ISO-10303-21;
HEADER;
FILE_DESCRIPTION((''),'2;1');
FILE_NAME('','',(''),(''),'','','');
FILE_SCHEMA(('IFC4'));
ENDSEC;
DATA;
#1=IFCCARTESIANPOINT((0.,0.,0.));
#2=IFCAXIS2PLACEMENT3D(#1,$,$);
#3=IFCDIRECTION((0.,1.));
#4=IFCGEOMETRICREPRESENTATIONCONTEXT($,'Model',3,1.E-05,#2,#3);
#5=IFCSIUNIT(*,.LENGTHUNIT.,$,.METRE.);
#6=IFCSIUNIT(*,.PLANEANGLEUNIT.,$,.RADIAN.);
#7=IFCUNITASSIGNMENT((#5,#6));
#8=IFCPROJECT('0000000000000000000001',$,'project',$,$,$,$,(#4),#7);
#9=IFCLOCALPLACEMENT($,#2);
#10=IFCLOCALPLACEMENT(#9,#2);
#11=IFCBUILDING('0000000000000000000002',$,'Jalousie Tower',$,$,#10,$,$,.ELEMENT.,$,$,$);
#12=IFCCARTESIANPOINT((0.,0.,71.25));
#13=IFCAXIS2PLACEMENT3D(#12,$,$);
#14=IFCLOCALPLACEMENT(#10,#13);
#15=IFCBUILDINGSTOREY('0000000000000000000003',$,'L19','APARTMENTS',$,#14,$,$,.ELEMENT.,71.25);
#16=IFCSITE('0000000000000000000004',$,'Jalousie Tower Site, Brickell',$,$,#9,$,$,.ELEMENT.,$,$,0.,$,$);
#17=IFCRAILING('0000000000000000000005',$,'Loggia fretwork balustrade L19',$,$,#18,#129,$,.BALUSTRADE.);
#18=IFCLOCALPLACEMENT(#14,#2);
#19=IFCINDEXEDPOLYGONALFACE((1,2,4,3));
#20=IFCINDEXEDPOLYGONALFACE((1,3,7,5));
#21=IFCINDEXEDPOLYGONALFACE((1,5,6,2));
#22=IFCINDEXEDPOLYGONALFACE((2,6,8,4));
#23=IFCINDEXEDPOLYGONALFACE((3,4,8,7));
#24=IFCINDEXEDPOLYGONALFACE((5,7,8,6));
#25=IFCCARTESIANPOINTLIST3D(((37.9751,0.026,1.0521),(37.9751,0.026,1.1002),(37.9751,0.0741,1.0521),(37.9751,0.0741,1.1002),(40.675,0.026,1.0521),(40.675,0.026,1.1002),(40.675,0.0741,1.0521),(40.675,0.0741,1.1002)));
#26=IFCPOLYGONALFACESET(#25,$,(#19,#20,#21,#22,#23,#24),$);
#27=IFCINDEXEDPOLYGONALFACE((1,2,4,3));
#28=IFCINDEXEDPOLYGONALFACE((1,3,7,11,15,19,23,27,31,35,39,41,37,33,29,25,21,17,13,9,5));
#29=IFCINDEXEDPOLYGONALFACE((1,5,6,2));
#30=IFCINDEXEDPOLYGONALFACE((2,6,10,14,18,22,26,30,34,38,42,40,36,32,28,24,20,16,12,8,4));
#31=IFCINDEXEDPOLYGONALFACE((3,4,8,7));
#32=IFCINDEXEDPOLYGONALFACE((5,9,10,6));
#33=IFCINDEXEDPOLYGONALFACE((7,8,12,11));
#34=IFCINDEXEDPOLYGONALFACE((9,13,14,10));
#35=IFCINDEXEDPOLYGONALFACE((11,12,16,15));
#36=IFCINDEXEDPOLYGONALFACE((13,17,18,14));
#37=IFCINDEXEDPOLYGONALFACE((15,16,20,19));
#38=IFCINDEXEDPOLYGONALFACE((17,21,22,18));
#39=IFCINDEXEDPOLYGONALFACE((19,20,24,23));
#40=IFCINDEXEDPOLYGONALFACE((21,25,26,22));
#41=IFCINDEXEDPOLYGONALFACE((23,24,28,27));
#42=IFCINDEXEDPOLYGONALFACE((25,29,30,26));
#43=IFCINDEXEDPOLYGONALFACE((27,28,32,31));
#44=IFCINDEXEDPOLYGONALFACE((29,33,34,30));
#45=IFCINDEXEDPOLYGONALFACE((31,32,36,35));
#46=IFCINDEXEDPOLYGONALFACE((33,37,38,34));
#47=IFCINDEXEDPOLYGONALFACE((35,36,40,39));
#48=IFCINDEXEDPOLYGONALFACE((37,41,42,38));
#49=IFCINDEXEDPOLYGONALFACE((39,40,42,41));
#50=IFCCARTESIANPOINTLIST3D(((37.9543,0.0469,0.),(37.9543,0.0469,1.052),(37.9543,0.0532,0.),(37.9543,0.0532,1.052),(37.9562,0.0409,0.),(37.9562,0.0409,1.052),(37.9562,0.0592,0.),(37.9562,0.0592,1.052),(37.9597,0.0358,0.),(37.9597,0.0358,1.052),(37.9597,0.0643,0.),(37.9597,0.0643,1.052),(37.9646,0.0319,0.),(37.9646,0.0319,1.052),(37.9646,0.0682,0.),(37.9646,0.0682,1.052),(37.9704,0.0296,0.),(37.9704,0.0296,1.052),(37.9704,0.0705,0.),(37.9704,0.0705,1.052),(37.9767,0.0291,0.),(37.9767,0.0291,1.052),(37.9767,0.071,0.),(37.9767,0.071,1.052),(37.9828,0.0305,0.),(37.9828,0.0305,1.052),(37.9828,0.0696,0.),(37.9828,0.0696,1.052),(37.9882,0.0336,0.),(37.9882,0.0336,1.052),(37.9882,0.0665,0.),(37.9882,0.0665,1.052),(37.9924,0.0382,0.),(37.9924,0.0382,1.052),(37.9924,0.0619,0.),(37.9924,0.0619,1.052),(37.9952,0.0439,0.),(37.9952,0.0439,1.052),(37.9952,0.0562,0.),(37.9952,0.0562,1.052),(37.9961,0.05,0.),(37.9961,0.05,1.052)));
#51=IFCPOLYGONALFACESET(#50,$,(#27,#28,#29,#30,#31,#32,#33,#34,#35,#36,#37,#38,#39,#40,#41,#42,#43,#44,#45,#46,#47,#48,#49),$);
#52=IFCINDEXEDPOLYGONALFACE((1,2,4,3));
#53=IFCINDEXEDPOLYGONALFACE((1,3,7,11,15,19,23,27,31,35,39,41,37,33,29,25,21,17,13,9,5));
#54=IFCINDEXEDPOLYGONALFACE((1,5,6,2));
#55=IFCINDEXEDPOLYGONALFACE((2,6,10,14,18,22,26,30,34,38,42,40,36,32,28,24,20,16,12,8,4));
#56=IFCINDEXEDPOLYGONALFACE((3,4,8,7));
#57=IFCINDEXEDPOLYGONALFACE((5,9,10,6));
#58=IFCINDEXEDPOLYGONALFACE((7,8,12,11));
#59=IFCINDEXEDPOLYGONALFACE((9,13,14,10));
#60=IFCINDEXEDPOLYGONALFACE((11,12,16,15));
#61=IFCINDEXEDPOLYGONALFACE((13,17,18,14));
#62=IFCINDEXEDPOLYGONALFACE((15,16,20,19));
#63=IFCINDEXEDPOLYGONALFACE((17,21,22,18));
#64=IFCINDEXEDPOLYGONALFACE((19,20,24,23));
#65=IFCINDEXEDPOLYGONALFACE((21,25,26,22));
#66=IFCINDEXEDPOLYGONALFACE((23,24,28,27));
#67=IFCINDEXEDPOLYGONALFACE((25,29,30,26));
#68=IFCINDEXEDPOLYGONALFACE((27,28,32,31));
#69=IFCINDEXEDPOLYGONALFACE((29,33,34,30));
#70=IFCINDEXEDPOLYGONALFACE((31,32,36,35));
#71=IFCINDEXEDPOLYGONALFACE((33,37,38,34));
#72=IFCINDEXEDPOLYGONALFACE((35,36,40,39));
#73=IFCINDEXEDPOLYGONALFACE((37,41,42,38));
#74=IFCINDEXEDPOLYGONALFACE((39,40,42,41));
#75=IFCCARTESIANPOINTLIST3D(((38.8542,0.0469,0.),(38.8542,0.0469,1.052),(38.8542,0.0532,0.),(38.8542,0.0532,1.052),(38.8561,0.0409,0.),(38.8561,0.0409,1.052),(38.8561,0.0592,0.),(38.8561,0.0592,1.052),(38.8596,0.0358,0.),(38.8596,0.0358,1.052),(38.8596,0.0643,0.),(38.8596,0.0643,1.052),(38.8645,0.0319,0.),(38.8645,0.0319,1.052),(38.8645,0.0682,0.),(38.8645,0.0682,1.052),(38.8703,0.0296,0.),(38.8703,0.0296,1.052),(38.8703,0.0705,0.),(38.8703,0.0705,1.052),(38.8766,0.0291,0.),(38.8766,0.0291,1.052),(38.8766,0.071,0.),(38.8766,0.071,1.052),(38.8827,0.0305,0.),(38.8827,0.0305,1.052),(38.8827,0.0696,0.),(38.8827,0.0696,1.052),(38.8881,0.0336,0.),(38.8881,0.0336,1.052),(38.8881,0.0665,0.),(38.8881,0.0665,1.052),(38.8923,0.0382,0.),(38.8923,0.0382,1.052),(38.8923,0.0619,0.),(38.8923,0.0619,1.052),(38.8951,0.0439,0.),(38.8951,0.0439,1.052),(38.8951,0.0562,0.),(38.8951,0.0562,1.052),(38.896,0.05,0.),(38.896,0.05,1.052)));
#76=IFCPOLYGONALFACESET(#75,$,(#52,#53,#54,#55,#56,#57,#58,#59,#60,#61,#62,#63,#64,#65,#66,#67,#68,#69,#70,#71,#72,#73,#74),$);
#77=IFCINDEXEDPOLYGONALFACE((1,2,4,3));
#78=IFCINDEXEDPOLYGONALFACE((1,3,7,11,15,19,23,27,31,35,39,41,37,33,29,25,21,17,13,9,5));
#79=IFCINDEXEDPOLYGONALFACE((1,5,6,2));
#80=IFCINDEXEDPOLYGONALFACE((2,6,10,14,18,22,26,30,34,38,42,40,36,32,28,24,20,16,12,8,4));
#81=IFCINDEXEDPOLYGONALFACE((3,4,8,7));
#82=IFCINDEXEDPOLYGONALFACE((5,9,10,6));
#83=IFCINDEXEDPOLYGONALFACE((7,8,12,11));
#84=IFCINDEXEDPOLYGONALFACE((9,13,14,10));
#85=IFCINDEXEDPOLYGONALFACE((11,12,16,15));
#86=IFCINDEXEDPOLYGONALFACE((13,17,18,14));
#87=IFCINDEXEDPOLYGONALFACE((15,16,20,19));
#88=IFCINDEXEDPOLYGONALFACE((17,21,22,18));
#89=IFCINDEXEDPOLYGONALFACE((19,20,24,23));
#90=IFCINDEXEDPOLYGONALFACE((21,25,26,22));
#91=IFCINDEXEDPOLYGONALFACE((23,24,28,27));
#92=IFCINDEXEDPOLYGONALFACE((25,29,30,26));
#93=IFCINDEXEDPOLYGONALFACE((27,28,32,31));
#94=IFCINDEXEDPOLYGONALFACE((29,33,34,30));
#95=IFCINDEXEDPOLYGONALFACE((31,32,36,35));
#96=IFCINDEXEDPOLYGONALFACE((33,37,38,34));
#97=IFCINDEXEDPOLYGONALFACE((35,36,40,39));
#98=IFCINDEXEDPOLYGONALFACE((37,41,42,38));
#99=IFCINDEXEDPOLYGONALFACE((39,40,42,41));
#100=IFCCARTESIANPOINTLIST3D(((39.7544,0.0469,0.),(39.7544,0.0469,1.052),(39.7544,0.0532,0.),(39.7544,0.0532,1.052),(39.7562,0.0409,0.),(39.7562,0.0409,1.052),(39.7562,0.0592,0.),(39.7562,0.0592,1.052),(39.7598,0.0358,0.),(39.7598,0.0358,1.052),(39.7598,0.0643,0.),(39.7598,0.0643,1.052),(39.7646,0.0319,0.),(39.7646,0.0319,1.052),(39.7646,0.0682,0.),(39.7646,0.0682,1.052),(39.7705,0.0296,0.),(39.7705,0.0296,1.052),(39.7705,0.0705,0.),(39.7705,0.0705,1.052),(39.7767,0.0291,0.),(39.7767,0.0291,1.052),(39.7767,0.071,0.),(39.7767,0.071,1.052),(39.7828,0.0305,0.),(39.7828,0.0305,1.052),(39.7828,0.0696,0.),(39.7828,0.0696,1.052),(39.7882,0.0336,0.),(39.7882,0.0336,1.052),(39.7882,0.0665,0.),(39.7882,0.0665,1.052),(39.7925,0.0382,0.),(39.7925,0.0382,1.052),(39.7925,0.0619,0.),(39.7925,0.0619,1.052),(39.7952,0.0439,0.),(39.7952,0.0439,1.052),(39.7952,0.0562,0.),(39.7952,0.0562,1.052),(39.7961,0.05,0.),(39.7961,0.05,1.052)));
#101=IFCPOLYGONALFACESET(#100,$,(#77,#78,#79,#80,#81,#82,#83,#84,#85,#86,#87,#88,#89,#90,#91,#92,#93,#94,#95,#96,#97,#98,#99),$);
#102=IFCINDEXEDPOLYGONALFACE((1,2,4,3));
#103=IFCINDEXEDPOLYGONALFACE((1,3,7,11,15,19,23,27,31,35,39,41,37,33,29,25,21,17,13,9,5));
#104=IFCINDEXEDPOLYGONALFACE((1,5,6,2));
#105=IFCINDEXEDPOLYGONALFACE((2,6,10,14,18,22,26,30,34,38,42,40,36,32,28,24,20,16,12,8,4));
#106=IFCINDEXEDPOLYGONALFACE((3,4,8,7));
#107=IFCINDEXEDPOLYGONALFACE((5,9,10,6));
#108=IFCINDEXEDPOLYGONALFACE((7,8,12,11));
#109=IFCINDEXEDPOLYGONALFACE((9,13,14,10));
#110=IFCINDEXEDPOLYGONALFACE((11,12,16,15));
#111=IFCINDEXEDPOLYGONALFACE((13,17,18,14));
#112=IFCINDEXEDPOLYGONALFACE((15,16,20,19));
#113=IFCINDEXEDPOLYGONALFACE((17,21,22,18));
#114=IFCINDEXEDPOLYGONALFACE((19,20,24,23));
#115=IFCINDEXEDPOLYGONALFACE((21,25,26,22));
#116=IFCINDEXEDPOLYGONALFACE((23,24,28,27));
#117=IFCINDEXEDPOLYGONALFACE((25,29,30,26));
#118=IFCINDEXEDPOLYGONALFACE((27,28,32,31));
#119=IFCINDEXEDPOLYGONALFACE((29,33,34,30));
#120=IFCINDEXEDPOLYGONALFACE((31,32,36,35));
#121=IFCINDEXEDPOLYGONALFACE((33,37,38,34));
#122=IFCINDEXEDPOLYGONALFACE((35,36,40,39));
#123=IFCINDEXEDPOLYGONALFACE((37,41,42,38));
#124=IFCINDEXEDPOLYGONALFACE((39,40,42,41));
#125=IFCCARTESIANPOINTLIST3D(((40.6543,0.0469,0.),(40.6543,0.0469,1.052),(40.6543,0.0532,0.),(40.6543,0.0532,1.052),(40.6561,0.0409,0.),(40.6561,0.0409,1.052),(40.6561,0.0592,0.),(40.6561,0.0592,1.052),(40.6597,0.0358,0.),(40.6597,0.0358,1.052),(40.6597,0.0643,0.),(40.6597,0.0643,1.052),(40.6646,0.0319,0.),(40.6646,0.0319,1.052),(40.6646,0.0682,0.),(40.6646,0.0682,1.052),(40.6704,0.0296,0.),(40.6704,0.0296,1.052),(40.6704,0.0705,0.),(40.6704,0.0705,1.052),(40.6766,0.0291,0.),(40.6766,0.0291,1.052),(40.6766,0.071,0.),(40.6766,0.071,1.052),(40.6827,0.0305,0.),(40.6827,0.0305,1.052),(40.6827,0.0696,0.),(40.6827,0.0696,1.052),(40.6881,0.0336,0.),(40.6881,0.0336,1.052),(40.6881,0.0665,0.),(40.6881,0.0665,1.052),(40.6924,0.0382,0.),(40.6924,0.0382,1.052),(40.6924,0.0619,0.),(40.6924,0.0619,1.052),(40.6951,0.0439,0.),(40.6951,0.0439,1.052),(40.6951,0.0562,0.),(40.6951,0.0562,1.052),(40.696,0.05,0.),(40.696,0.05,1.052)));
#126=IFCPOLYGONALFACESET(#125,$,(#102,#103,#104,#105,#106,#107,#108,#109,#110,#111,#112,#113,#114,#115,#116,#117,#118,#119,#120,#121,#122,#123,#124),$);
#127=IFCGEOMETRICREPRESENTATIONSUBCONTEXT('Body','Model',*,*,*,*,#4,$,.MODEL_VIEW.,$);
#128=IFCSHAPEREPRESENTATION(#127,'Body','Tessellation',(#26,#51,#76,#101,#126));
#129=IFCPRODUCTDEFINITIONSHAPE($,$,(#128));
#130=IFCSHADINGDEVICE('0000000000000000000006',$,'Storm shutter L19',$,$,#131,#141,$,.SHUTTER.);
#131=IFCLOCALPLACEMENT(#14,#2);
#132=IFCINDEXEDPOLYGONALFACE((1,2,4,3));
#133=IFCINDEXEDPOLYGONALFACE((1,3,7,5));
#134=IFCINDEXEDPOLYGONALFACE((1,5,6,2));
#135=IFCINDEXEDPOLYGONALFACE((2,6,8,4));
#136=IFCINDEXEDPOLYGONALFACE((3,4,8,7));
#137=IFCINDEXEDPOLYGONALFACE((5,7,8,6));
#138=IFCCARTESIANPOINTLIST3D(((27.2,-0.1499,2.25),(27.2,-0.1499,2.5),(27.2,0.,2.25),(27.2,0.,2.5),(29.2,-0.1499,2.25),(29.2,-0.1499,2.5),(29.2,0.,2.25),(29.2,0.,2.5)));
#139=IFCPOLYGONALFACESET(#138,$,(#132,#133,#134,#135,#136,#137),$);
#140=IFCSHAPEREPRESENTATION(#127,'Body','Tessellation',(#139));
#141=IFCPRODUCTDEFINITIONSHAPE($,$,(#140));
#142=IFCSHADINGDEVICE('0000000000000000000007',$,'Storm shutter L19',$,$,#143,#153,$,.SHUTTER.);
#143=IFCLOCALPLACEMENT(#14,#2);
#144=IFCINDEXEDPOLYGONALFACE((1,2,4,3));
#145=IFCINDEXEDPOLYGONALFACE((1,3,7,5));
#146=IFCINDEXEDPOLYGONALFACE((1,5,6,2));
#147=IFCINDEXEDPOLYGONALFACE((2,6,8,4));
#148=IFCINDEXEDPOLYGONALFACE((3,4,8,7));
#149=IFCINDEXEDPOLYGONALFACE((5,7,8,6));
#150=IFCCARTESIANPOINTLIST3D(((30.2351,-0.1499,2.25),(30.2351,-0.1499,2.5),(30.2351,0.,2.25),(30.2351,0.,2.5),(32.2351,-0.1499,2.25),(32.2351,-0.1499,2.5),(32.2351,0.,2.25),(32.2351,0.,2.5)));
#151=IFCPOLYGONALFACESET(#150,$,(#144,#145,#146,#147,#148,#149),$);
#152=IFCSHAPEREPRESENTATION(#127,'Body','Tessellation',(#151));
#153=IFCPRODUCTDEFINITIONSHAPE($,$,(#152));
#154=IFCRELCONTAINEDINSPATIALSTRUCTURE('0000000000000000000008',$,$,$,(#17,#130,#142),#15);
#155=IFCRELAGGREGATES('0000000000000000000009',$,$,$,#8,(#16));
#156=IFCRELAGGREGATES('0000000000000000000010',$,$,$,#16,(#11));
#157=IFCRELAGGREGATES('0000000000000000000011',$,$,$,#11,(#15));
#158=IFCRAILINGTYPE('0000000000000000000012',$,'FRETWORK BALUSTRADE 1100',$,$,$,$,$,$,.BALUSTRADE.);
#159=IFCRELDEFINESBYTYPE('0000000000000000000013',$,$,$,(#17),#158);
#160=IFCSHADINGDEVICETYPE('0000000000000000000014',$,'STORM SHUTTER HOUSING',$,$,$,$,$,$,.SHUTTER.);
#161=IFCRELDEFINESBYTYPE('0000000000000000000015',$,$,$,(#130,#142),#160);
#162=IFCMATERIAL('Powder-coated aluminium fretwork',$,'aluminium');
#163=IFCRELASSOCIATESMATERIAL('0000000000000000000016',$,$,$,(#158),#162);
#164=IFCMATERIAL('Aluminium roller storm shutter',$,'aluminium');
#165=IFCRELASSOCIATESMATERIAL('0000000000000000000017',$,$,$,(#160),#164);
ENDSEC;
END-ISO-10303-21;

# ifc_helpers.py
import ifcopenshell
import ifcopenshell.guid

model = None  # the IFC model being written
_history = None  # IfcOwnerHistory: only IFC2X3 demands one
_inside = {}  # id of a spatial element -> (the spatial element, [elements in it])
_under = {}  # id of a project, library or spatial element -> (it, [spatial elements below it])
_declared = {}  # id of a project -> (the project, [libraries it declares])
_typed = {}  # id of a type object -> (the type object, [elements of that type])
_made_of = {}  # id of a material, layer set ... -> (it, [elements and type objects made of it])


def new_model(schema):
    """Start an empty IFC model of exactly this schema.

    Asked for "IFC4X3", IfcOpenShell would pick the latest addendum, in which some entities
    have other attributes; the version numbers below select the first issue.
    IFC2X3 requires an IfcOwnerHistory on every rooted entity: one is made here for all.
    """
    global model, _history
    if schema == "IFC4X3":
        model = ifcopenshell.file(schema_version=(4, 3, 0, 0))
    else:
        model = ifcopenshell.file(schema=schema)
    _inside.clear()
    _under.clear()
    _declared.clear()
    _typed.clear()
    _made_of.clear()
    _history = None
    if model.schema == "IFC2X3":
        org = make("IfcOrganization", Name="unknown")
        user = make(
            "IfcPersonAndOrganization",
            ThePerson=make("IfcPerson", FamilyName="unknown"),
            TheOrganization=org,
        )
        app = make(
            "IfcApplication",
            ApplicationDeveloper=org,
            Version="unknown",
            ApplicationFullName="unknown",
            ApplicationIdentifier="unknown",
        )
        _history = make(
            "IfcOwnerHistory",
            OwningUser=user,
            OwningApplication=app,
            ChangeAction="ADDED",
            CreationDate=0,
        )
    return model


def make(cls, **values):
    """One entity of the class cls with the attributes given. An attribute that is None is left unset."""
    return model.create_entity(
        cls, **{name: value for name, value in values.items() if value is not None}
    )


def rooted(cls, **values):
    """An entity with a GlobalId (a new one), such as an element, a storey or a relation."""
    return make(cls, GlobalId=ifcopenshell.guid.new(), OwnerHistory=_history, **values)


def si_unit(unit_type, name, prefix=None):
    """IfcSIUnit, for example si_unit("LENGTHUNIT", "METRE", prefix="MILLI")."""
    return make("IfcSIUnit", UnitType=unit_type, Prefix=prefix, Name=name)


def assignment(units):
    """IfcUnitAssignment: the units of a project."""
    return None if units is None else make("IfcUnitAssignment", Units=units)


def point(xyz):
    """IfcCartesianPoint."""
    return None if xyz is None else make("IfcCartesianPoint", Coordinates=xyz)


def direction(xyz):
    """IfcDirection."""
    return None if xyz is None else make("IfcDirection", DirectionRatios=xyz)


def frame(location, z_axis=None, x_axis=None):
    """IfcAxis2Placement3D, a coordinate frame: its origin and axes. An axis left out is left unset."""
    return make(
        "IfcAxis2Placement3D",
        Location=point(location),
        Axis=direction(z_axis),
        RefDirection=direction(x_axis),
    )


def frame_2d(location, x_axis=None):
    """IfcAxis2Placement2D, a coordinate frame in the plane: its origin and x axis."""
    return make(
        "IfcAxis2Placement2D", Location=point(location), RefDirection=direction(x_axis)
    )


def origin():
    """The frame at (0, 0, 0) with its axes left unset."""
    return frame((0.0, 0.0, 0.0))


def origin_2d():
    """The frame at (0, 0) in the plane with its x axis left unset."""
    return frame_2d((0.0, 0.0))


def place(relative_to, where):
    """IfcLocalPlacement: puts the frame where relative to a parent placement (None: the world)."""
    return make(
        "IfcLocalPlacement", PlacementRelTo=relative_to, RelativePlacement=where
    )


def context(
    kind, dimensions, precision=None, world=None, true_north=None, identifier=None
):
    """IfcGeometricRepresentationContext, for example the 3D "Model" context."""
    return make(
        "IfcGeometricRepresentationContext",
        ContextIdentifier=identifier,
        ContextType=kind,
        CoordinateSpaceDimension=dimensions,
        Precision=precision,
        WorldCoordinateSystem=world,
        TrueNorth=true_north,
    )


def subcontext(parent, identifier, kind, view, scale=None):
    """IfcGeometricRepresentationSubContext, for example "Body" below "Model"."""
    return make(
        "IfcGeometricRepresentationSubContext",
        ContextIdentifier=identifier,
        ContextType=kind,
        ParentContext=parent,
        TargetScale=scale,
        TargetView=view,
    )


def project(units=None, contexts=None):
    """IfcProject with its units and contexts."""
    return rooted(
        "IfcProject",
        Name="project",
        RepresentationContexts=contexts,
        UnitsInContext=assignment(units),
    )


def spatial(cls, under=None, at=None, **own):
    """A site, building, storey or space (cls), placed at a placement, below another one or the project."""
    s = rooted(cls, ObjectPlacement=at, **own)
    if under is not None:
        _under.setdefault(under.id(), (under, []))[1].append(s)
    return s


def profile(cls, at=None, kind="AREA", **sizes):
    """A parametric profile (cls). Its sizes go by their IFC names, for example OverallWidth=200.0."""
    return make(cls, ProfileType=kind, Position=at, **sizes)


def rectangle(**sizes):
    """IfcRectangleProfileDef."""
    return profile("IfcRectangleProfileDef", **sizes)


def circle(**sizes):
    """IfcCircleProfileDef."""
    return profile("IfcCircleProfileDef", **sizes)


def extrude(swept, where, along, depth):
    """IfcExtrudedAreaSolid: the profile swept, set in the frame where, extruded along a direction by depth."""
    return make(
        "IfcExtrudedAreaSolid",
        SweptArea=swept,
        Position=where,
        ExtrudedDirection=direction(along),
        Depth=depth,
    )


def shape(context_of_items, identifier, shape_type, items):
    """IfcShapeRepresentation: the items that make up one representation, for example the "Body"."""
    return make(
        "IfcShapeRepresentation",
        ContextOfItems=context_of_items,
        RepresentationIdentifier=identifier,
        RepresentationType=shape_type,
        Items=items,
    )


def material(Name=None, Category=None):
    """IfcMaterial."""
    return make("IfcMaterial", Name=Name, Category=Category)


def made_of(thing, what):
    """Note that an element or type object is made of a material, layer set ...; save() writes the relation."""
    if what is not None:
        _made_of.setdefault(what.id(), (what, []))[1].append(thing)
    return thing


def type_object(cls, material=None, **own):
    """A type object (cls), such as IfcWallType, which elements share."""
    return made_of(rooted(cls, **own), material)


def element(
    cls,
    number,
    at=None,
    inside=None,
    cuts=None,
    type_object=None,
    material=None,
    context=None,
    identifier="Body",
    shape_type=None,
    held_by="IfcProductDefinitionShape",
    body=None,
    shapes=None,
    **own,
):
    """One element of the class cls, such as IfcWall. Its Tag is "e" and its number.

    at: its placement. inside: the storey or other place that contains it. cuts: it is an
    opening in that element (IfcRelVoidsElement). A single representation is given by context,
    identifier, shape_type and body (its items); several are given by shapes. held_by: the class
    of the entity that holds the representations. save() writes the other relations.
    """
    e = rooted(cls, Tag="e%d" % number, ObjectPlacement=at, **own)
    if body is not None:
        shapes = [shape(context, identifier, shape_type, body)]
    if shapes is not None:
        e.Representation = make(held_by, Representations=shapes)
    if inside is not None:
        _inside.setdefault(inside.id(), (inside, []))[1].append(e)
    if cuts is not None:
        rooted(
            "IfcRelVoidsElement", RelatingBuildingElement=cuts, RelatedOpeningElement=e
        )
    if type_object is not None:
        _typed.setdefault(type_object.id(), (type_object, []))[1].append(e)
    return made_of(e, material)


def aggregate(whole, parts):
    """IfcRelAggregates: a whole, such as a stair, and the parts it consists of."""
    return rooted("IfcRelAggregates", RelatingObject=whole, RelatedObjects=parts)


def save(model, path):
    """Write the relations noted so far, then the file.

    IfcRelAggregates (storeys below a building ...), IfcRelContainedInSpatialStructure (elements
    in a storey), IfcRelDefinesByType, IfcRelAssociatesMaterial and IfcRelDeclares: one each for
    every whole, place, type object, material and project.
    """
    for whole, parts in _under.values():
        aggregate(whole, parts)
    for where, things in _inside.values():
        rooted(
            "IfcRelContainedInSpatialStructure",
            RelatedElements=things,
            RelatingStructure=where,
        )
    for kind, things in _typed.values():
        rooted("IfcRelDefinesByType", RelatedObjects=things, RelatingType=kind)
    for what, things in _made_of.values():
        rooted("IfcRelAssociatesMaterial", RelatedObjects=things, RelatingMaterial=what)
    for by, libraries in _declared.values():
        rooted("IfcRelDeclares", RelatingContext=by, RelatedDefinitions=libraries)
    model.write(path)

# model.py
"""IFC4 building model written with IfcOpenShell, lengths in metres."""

from ifc_helpers import new_model, si_unit, direction, frame, origin, origin_2d, place, context, subcontext, project, spatial, rectangle, circle, extrude, material, type_object, element, save


model = new_model("IFC4")

# Units and contexts
model_context = context("Model", 3, precision=1e-05, world=origin(), true_north=direction((0.0, 1.0)))
body_context = subcontext(model_context, "Body", "Model", "MODEL_VIEW")
ifc_project = project(units=[si_unit("LENGTHUNIT", "METRE"), si_unit("PLANEANGLEUNIT", "RADIAN")], contexts=[model_context])

# Site, building, storey
site_placement = place(None, origin())
site = spatial("IfcSite", under=ifc_project, at=site_placement, Name="Jalousie Tower Site, Brickell", CompositionType="ELEMENT", RefElevation=0.0)
building_placement = place(site_placement, origin())
building = spatial("IfcBuilding", under=site, at=building_placement, Name="Jalousie Tower", CompositionType="ELEMENT")
storey_placement = place(building_placement, frame((0.0, 0.0, 71.25)))
storey = spatial("IfcBuildingStorey", under=building, at=storey_placement, Name="L19", Description="APARTMENTS", CompositionType="ELEMENT", Elevation=71.25)

# Railing
ifc_material_1 = material(Name="Powder-coated aluminium fretwork", Category="aluminium")
railing_type = type_object("IfcRailingType", Name="FRETWORK BALUSTRADE 1100", PredefinedType="BALUSTRADE", material=ifc_material_1)
railing_placement = place(storey_placement, frame((37.9751, 0.05, 0.0)))
element("IfcRailing", 1, at=railing_placement, inside=storey, type_object=railing_type, Name="Loggia fretwork balustrade L19", PredefinedType="BALUSTRADE", context=body_context, shape_type="SweptSolid", body=[
    extrude(rectangle(XDim=0.0481, YDim=0.0481, at=origin_2d()), frame((0.0, 0.0, 1.0762), z_axis=(1.0, 0.0, 0.0), x_axis=(0.0, 1.0, 0.0)), (0.0, 0.0, 1.0), 2.7),
    extrude(circle(Radius=0.021, at=origin_2d()), origin(), (0.0, 0.0, 1.0), 1.052),
    extrude(circle(Radius=0.021, at=origin_2d()), frame((0.8999, 0.0, 0.0)), (0.0, 0.0, 1.0), 1.052),
    extrude(circle(Radius=0.021, at=origin_2d()), frame((1.8, 0.0, 0.0)), (0.0, 0.0, 1.0), 1.052),
    extrude(circle(Radius=0.021, at=origin_2d()), frame((2.7, 0.0, 0.0)), (0.0, 0.0, 1.0), 1.052),
])

# Shading devices
ifc_material_2 = material(Name="Aluminium roller storm shutter", Category="aluminium")
shading_device_type = type_object("IfcShadingDeviceType", Name="STORM SHUTTER HOUSING", PredefinedType="SHUTTER", material=ifc_material_2)
for number, where, z_axis, x_axis, name in (
    (2, (28.2, -0.075, 2.25), (0.0, 0.0, 1.0), (1.0, 0.0, 0.0), "Storm shutter L19"),
    (3, (31.2351, -0.075, 2.25), (0.0, 0.0, 1.0), (1.0, 0.0, 0.0), "Storm shutter L19"),
):
    element("IfcShadingDevice", number, at=place(storey_placement, frame(where, z_axis=z_axis, x_axis=x_axis)), inside=storey, type_object=shading_device_type, Name=name, PredefinedType="SHUTTER", context=body_context, shape_type="SweptSolid", body=[
        extrude(rectangle(XDim=2.0, YDim=0.1499, at=origin_2d()), origin(), (0.0, 0.0, 1.0), 0.25),
    ])

save(model, "model.ifc")
